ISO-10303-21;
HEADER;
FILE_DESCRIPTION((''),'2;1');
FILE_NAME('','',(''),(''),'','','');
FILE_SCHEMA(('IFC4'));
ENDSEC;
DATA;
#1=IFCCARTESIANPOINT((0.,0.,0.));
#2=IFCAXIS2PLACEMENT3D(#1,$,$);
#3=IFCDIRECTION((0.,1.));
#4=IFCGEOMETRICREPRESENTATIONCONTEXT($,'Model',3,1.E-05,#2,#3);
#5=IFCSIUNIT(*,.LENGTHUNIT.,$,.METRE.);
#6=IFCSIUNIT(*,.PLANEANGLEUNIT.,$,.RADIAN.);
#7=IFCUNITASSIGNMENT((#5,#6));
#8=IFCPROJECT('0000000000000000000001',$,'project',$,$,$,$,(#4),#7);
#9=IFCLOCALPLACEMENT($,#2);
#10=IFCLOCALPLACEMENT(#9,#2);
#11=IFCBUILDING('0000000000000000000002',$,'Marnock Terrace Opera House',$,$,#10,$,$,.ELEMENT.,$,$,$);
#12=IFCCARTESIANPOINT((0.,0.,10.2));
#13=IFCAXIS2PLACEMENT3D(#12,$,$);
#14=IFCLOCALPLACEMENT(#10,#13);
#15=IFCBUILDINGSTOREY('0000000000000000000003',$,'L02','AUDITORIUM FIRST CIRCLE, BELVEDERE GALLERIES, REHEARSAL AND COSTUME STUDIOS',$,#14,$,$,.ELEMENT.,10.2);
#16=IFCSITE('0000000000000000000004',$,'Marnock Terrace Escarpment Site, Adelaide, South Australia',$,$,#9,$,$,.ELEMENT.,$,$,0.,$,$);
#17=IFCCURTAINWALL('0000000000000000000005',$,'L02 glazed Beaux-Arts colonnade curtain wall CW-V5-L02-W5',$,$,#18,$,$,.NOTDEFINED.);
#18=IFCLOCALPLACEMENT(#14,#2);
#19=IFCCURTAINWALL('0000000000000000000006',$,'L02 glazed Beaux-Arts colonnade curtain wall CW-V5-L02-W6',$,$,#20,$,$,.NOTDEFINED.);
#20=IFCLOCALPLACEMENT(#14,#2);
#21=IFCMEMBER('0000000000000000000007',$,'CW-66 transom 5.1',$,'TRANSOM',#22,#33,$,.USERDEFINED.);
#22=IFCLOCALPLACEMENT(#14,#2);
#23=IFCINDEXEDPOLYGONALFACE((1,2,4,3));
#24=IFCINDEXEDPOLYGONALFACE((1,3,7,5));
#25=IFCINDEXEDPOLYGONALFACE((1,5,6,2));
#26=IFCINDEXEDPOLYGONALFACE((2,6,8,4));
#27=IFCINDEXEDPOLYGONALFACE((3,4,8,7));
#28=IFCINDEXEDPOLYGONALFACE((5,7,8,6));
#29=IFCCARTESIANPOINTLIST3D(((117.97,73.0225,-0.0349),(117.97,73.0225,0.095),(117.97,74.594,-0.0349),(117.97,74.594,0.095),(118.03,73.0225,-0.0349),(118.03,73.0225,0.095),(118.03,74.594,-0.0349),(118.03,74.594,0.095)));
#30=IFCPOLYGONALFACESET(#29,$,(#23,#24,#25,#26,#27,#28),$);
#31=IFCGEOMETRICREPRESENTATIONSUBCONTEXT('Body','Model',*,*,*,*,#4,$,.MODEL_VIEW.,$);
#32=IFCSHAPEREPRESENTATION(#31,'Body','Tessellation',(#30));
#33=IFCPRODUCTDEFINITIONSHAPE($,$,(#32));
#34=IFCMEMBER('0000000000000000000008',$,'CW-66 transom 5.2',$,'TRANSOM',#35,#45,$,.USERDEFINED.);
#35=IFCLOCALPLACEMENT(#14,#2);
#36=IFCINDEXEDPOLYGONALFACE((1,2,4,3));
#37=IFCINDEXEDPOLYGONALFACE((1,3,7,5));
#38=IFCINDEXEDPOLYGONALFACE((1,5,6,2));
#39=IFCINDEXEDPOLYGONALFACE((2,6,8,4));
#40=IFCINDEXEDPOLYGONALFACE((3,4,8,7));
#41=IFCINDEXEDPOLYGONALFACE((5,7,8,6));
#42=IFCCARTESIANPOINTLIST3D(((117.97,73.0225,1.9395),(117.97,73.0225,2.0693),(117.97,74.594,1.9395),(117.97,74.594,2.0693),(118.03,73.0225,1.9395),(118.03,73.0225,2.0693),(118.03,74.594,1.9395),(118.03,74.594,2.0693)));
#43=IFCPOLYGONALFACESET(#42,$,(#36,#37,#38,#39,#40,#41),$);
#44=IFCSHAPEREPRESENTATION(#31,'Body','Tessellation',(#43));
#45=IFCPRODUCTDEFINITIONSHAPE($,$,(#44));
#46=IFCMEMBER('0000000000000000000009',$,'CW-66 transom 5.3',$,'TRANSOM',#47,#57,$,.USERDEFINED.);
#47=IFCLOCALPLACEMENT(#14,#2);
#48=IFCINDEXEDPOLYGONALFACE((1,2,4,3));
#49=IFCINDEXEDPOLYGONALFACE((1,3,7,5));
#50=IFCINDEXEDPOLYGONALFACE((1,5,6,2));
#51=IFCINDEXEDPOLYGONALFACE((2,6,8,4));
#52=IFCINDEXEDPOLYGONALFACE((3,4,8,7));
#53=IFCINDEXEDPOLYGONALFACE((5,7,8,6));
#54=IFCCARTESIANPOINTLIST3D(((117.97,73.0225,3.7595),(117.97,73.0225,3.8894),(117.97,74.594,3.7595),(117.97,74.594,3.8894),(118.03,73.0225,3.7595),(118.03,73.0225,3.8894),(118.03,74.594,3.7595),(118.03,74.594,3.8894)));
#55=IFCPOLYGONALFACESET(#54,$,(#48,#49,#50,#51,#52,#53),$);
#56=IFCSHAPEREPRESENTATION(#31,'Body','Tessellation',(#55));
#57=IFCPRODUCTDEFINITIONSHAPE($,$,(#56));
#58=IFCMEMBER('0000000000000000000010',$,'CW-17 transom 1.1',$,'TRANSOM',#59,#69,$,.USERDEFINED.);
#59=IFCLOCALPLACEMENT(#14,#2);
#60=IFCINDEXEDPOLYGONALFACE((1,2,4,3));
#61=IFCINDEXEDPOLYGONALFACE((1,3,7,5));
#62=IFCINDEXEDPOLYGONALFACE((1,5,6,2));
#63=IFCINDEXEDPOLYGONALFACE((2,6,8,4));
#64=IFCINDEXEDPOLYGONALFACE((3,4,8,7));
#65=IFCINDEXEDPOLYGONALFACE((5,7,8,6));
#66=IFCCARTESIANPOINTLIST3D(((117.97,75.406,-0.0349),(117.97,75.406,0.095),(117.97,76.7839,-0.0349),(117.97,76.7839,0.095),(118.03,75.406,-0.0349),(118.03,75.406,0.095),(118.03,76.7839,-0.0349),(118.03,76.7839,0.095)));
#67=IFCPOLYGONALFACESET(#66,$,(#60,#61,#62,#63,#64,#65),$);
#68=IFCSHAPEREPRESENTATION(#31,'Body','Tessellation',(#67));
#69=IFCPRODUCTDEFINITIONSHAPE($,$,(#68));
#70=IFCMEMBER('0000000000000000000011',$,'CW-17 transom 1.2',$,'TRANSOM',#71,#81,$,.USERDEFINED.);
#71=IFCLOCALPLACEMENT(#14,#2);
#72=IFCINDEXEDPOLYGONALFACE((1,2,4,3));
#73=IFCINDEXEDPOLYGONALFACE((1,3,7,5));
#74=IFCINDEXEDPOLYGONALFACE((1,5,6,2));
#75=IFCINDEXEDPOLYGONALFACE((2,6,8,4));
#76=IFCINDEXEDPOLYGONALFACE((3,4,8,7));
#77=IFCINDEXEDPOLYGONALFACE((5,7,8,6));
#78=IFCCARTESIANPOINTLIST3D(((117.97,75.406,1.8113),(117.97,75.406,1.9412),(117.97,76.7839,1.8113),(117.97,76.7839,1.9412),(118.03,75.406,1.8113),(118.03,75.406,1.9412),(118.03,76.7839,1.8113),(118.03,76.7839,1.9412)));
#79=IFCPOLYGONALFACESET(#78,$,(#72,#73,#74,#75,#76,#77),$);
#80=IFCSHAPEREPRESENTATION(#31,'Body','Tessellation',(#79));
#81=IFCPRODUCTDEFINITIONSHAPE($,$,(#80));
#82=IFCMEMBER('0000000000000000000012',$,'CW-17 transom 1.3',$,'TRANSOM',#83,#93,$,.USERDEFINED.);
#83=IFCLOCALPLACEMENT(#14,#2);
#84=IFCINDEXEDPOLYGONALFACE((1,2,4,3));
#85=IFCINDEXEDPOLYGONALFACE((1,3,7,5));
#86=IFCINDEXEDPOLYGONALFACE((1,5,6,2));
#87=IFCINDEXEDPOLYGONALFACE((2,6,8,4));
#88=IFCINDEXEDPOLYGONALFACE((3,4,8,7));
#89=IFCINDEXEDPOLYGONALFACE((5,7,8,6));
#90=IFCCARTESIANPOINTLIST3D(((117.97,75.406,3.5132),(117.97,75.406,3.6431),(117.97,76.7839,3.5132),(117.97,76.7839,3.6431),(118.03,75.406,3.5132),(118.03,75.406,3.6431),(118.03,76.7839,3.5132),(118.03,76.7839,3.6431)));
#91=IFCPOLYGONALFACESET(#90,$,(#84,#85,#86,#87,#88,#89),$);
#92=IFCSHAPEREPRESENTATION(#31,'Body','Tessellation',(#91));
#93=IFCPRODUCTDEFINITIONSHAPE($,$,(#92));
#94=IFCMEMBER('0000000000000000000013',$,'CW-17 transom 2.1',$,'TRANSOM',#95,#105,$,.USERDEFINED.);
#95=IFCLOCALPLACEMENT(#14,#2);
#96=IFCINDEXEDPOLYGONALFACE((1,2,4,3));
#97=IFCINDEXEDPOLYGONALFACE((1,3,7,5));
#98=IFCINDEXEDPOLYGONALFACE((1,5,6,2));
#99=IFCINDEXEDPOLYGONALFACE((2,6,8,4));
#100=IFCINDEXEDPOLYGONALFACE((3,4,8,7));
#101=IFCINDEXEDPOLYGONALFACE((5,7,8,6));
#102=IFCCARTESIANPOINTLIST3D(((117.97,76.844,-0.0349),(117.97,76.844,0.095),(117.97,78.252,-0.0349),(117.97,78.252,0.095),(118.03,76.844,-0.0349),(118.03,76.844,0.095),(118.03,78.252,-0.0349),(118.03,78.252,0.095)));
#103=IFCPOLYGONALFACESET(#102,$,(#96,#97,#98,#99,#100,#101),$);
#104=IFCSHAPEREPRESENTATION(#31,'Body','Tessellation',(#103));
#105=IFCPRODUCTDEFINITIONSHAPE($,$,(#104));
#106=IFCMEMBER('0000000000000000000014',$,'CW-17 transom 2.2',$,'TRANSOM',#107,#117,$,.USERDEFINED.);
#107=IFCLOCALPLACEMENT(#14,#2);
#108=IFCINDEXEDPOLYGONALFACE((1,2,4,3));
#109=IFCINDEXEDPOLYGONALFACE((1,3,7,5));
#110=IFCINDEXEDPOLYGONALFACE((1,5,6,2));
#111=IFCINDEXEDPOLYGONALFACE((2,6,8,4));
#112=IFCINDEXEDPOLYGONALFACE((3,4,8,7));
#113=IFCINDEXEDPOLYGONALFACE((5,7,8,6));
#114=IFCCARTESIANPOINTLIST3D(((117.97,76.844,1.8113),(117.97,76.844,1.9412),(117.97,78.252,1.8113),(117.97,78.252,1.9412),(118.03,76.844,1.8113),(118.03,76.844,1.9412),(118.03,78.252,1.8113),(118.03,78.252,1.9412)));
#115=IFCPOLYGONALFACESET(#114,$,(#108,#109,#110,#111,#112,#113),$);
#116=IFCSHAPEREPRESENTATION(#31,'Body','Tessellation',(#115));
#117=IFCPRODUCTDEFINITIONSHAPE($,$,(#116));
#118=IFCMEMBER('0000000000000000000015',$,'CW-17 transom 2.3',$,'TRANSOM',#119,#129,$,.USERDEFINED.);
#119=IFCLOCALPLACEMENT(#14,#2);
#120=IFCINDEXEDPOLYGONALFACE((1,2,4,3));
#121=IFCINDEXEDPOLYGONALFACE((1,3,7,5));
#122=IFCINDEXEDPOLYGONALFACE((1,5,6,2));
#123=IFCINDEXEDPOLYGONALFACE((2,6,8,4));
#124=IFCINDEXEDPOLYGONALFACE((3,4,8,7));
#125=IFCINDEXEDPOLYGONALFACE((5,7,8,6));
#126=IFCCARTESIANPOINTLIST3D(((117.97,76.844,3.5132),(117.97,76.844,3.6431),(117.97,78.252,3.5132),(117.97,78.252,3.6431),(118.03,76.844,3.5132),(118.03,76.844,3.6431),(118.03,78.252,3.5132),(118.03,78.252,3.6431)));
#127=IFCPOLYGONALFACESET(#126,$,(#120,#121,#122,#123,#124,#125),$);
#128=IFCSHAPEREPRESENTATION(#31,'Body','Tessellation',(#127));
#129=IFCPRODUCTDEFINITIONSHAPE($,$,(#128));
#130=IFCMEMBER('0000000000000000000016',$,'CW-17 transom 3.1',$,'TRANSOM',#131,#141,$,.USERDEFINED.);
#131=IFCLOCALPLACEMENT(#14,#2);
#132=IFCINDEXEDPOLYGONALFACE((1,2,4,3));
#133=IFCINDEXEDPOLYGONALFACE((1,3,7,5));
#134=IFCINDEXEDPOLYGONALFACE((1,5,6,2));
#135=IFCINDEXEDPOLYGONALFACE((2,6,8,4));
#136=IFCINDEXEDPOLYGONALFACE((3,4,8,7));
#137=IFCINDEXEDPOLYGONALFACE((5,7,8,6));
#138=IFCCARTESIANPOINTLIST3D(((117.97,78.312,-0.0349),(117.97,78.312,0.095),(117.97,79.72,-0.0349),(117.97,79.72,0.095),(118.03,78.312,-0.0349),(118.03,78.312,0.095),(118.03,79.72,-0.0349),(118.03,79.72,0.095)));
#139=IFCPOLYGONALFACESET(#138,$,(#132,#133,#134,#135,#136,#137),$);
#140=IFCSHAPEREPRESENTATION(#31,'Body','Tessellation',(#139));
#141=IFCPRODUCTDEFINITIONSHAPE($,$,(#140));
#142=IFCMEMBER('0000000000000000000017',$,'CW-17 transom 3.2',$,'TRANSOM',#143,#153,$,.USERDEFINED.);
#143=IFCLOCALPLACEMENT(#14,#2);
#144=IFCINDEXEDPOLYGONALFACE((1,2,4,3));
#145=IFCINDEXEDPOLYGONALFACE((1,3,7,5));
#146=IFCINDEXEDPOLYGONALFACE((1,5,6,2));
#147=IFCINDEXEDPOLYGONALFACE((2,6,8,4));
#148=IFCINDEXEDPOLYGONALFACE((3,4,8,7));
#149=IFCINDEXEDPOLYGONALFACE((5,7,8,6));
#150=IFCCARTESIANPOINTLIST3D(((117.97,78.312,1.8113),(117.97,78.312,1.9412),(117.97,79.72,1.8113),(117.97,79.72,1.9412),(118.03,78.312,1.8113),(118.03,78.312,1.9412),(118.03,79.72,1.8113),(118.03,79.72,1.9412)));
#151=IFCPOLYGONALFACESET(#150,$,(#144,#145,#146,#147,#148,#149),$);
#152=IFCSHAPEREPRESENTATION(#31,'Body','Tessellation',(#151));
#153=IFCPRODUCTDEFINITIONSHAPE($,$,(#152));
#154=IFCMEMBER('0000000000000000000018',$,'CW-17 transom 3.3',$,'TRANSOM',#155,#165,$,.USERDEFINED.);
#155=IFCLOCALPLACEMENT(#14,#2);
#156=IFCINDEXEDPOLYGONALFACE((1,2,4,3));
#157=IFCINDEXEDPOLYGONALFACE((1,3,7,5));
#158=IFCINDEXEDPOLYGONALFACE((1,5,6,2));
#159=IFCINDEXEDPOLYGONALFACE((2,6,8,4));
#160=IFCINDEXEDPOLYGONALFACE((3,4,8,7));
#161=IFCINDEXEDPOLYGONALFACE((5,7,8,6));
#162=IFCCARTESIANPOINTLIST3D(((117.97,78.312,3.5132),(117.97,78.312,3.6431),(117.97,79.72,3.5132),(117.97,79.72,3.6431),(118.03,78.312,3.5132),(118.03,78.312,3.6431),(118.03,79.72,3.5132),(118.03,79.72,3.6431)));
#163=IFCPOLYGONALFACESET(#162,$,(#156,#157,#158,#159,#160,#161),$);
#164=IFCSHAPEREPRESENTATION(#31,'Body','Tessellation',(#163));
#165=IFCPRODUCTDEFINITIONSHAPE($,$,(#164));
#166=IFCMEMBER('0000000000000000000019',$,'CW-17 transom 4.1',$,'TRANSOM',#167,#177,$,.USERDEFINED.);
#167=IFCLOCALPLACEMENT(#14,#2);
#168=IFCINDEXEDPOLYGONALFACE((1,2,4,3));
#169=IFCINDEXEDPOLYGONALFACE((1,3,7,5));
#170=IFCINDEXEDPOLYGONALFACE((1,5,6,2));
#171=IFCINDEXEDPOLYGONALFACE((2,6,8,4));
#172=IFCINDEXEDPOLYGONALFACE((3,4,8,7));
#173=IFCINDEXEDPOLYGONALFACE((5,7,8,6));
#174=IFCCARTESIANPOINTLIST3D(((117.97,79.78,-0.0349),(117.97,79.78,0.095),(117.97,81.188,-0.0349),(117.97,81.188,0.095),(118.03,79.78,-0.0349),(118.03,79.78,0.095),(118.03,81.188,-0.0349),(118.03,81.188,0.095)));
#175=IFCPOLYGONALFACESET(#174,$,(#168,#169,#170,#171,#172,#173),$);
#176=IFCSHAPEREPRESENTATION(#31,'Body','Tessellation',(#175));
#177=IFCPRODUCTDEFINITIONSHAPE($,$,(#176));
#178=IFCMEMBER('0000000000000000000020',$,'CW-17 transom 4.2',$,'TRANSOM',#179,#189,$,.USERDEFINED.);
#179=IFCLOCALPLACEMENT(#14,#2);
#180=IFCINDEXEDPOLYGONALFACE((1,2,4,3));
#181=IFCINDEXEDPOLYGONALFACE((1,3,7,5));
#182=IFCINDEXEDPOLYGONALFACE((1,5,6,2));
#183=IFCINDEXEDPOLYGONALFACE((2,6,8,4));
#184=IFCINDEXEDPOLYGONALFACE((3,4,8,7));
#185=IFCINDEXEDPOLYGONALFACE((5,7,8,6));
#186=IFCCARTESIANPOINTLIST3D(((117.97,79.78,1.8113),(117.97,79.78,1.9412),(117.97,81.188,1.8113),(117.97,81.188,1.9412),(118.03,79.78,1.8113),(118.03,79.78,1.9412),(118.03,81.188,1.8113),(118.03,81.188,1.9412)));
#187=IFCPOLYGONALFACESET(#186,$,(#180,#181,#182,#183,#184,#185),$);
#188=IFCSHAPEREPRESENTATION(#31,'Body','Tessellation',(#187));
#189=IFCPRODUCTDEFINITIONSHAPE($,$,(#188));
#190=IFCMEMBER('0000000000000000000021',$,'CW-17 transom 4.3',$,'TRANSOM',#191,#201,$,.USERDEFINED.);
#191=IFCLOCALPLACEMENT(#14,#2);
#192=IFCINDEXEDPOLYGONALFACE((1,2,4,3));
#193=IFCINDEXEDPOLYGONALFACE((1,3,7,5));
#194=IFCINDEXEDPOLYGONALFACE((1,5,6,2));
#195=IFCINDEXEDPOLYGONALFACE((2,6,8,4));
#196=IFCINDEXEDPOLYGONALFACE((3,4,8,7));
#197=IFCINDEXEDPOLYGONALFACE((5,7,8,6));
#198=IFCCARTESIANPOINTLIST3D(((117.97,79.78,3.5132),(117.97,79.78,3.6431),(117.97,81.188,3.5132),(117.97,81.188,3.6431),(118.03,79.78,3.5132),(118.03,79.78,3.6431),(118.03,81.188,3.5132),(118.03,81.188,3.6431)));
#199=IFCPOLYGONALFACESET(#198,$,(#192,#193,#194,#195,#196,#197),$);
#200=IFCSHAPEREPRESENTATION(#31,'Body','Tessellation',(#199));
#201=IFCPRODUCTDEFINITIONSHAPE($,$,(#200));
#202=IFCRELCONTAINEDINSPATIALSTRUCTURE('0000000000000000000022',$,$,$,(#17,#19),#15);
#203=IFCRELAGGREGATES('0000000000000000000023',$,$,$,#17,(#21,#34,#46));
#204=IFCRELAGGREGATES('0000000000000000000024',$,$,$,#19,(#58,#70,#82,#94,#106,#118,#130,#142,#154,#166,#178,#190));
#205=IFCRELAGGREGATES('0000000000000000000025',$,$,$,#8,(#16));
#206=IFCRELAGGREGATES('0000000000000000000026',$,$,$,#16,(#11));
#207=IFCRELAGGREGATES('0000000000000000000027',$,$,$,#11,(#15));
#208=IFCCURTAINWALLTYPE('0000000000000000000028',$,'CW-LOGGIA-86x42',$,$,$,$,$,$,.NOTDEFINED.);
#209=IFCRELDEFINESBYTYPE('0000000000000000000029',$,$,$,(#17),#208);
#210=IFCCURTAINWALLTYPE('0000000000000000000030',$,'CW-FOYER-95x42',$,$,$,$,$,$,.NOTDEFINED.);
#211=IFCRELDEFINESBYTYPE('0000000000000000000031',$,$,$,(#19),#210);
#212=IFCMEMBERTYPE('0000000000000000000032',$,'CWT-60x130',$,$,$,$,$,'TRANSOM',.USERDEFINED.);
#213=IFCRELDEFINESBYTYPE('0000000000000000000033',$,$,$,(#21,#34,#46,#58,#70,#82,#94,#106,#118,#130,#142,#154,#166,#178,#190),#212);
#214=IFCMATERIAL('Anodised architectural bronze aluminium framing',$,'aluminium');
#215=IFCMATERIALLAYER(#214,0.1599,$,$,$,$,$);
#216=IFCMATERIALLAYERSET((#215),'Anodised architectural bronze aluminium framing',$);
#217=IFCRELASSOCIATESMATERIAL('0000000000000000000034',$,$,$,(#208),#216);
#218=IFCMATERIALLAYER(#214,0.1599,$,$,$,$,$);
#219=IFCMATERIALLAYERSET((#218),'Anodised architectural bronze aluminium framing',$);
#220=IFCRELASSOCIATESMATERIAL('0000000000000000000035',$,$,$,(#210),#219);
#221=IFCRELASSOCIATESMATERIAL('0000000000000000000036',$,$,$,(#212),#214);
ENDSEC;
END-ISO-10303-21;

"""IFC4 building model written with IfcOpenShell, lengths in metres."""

from ifc_helpers import new_model, si_unit, direction, frame, origin, origin_2d, place, context, subcontext, project, spatial, rectangle, extrude, material, layer, layer_set, material_profile, profile_set, type_object, element, aggregate, save


model = new_model("IFC4")

# Units and contexts
model_context = context("Model", 3, precision=1e-05, world=origin(), true_north=direction((0.0, 1.0)))
body_context = subcontext(model_context, "Body", "Model", "MODEL_VIEW")
ifc_project = project(units=[si_unit("LENGTHUNIT", "METRE"), si_unit("PLANEANGLEUNIT", "RADIAN")], contexts=[model_context])

# Site, building, storey
site_placement = place(None, origin())
site = spatial("IfcSite", under=ifc_project, at=site_placement, Name="Marnock Terrace Escarpment Site, Adelaide, South Australia", CompositionType="ELEMENT", RefElevation=0.0)
building_placement = place(site_placement, origin())
building = spatial("IfcBuilding", under=site, at=building_placement, Name="Marnock Terrace Opera House", CompositionType="ELEMENT")
storey_placement = place(building_placement, frame((0.0, 0.0, 10.2)))
storey = spatial("IfcBuildingStorey", under=building, at=storey_placement, Name="L02", Description="AUDITORIUM FIRST CIRCLE, BELVEDERE GALLERIES, REHEARSAL AND COSTUME STUDIOS", CompositionType="ELEMENT", Elevation=10.2)

# Curtain wall
ifc_material_1 = material(Name="Anodised architectural bronze aluminium framing", Category="aluminium")
ifc_layer_1 = layer(ifc_material_1, 0.1599)
ifc_layer_set_1 = layer_set([ifc_layer_1], Name="Anodised architectural bronze aluminium framing")
curtain_wall_type_1 = type_object("IfcCurtainWallType", Name="CW-LOGGIA-86x42", PredefinedType="NOTDEFINED", material=ifc_layer_set_1)
curtain_wall_1_placement = place(storey_placement, origin())
curtain_wall_1 = element("IfcCurtainWall", 1, at=curtain_wall_1_placement, inside=storey, type_object=curtain_wall_type_1, Name="L02 glazed Beaux-Arts colonnade curtain wall CW-V5-L02-W5", PredefinedType="NOTDEFINED")

# Curtain wall
ifc_layer_2 = layer(ifc_material_1, 0.1599)
ifc_layer_set_2 = layer_set([ifc_layer_2], Name="Anodised architectural bronze aluminium framing")
curtain_wall_type_2 = type_object("IfcCurtainWallType", Name="CW-FOYER-95x42", PredefinedType="NOTDEFINED", material=ifc_layer_set_2)
curtain_wall_2_placement = place(storey_placement, origin())
curtain_wall_2 = element("IfcCurtainWall", 2, at=curtain_wall_2_placement, inside=storey, type_object=curtain_wall_type_2, Name="L02 glazed Beaux-Arts colonnade curtain wall CW-V5-L02-W6", PredefinedType="NOTDEFINED")

# Members
ifc_material_profile_1 = material_profile(ifc_material_1, rectangle(XDim=0.0601, YDim=0.1299, at=origin_2d()))
ifc_profile_set_1 = profile_set([ifc_material_profile_1], Name="Anodised architectural bronze aluminium framing")
member_type_1 = type_object("IfcMemberType", Name="CWT-60x130", ElementType="TRANSOM", PredefinedType="USERDEFINED", material=ifc_profile_set_1)
member_1_placement = place(storey_placement, frame((118.0, 73.0225, 0.03), z_axis=(0.0, 1.0, 0.0), x_axis=(-1.0, 0.0, 0.0)))
member_1 = element("IfcMember", 3, at=member_1_placement, type_object=member_type_1, Name="CW-66 transom 5.1", ObjectType="TRANSOM", PredefinedType="USERDEFINED", context=body_context, shape_type="SweptSolid", body=[
    extrude(rectangle(XDim=0.0601, YDim=0.1299, at=origin_2d()), origin(), (0.0, 0.0, 1.0), 1.5715),
])
member_2_placement = place(storey_placement, frame((118.0, 73.0225, 2.0044), z_axis=(0.0, 1.0, 0.0), x_axis=(-1.0, 0.0, 0.0)))
member_2 = element("IfcMember", 4, at=member_2_placement, type_object=member_type_1, Name="CW-66 transom 5.2", ObjectType="TRANSOM", PredefinedType="USERDEFINED", context=body_context, shape_type="SweptSolid", body=[
    extrude(rectangle(XDim=0.0601, YDim=0.1299, at=origin_2d()), origin(), (0.0, 0.0, 1.0), 1.5715),
])
member_3_placement = place(storey_placement, frame((118.0, 73.0225, 3.8245), z_axis=(0.0, 1.0, 0.0), x_axis=(-1.0, 0.0, 0.0)))
member_3 = element("IfcMember", 5, at=member_3_placement, type_object=member_type_1, Name="CW-66 transom 5.3", ObjectType="TRANSOM", PredefinedType="USERDEFINED", context=body_context, shape_type="SweptSolid", body=[
    extrude(rectangle(XDim=0.0601, YDim=0.1299, at=origin_2d()), origin(), (0.0, 0.0, 1.0), 1.5715),
])
member_4_placement = place(storey_placement, frame((118.0, 75.406, 0.03), z_axis=(0.0, 1.0, 0.0), x_axis=(-1.0, 0.0, 0.0)))
member_4 = element("IfcMember", 6, at=member_4_placement, type_object=member_type_1, Name="CW-17 transom 1.1", ObjectType="TRANSOM", PredefinedType="USERDEFINED", context=body_context, shape_type="SweptSolid", body=[
    extrude(rectangle(XDim=0.0601, YDim=0.1299, at=origin_2d()), origin(), (0.0, 0.0, 1.0), 1.3779),
])
member_5_placement = place(storey_placement, frame((118.0, 75.406, 1.8762), z_axis=(0.0, 1.0, 0.0), x_axis=(-1.0, 0.0, 0.0)))
member_5 = element("IfcMember", 7, at=member_5_placement, type_object=member_type_1, Name="CW-17 transom 1.2", ObjectType="TRANSOM", PredefinedType="USERDEFINED", context=body_context, shape_type="SweptSolid", body=[
    extrude(rectangle(XDim=0.0601, YDim=0.1299, at=origin_2d()), origin(), (0.0, 0.0, 1.0), 1.3779),
])
member_6_placement = place(storey_placement, frame((118.0, 75.406, 3.5781), z_axis=(0.0, 1.0, 0.0), x_axis=(-1.0, 0.0, 0.0)))
member_6 = element("IfcMember", 8, at=member_6_placement, type_object=member_type_1, Name="CW-17 transom 1.3", ObjectType="TRANSOM", PredefinedType="USERDEFINED", context=body_context, shape_type="SweptSolid", body=[
    extrude(rectangle(XDim=0.0601, YDim=0.1299, at=origin_2d()), origin(), (0.0, 0.0, 1.0), 1.3779),
])
member_7_placement = place(storey_placement, frame((118.0, 76.844, 0.03), z_axis=(0.0, 1.0, 0.0), x_axis=(-1.0, 0.0, 0.0)))
member_7 = element("IfcMember", 9, at=member_7_placement, type_object=member_type_1, Name="CW-17 transom 2.1", ObjectType="TRANSOM", PredefinedType="USERDEFINED", context=body_context, shape_type="SweptSolid", body=[
    extrude(rectangle(XDim=0.0601, YDim=0.1299, at=origin_2d()), origin(), (0.0, 0.0, 1.0), 1.408),
])
member_8_placement = place(storey_placement, frame((118.0, 76.844, 1.8762), z_axis=(0.0, 1.0, 0.0), x_axis=(-1.0, 0.0, 0.0)))
member_8 = element("IfcMember", 10, at=member_8_placement, type_object=member_type_1, Name="CW-17 transom 2.2", ObjectType="TRANSOM", PredefinedType="USERDEFINED", context=body_context, shape_type="SweptSolid", body=[
    extrude(rectangle(XDim=0.0601, YDim=0.1299, at=origin_2d()), origin(), (0.0, 0.0, 1.0), 1.408),
])
member_9_placement = place(storey_placement, frame((118.0, 76.844, 3.5781), z_axis=(0.0, 1.0, 0.0), x_axis=(-1.0, 0.0, 0.0)))
member_9 = element("IfcMember", 11, at=member_9_placement, type_object=member_type_1, Name="CW-17 transom 2.3", ObjectType="TRANSOM", PredefinedType="USERDEFINED", context=body_context, shape_type="SweptSolid", body=[
    extrude(rectangle(XDim=0.0601, YDim=0.1299, at=origin_2d()), origin(), (0.0, 0.0, 1.0), 1.408),
])
member_10_placement = place(storey_placement, frame((118.0, 78.312, 0.03), z_axis=(0.0, 1.0, 0.0), x_axis=(-1.0, 0.0, 0.0)))
member_10 = element("IfcMember", 12, at=member_10_placement, type_object=member_type_1, Name="CW-17 transom 3.1", ObjectType="TRANSOM", PredefinedType="USERDEFINED", context=body_context, shape_type="SweptSolid", body=[
    extrude(rectangle(XDim=0.0601, YDim=0.1299, at=origin_2d()), origin(), (0.0, 0.0, 1.0), 1.408),
])
member_11_placement = place(storey_placement, frame((118.0, 78.312, 1.8762), z_axis=(0.0, 1.0, 0.0), x_axis=(-1.0, 0.0, 0.0)))
member_11 = element("IfcMember", 13, at=member_11_placement, type_object=member_type_1, Name="CW-17 transom 3.2", ObjectType="TRANSOM", PredefinedType="USERDEFINED", context=body_context, shape_type="SweptSolid", body=[
    extrude(rectangle(XDim=0.0601, YDim=0.1299, at=origin_2d()), origin(), (0.0, 0.0, 1.0), 1.408),
])
member_12_placement = place(storey_placement, frame((118.0, 78.312, 3.5781), z_axis=(0.0, 1.0, 0.0), x_axis=(-1.0, 0.0, 0.0)))
member_12 = element("IfcMember", 14, at=member_12_placement, type_object=member_type_1, Name="CW-17 transom 3.3", ObjectType="TRANSOM", PredefinedType="USERDEFINED", context=body_context, shape_type="SweptSolid", body=[
    extrude(rectangle(XDim=0.0601, YDim=0.1299, at=origin_2d()), origin(), (0.0, 0.0, 1.0), 1.408),
])
member_13_placement = place(storey_placement, frame((118.0, 79.78, 0.03), z_axis=(0.0, 1.0, 0.0), x_axis=(-1.0, 0.0, 0.0)))
member_13 = element("IfcMember", 15, at=member_13_placement, type_object=member_type_1, Name="CW-17 transom 4.1", ObjectType="TRANSOM", PredefinedType="USERDEFINED", context=body_context, shape_type="SweptSolid", body=[
    extrude(rectangle(XDim=0.0601, YDim=0.1299, at=origin_2d()), origin(), (0.0, 0.0, 1.0), 1.408),
])
member_14_placement = place(storey_placement, frame((118.0, 79.78, 1.8762), z_axis=(0.0, 1.0, 0.0), x_axis=(-1.0, 0.0, 0.0)))
member_14 = element("IfcMember", 16, at=member_14_placement, type_object=member_type_1, Name="CW-17 transom 4.2", ObjectType="TRANSOM", PredefinedType="USERDEFINED", context=body_context, shape_type="SweptSolid", body=[
    extrude(rectangle(XDim=0.0601, YDim=0.1299, at=origin_2d()), origin(), (0.0, 0.0, 1.0), 1.408),
])
member_15_placement = place(storey_placement, frame((118.0, 79.78, 3.5781), z_axis=(0.0, 1.0, 0.0), x_axis=(-1.0, 0.0, 0.0)))
member_15 = element("IfcMember", 17, at=member_15_placement, type_object=member_type_1, Name="CW-17 transom 4.3", ObjectType="TRANSOM", PredefinedType="USERDEFINED", context=body_context, shape_type="SweptSolid", body=[
    extrude(rectangle(XDim=0.0601, YDim=0.1299, at=origin_2d()), origin(), (0.0, 0.0, 1.0), 1.408),
])

aggregate(curtain_wall_1, [member_1, member_2, member_3])
aggregate(curtain_wall_2, [member_4, member_5, member_6, member_7, member_8, member_9, member_10, member_11, member_12, member_13, member_14, member_15])

save(model, "model.ifc")
